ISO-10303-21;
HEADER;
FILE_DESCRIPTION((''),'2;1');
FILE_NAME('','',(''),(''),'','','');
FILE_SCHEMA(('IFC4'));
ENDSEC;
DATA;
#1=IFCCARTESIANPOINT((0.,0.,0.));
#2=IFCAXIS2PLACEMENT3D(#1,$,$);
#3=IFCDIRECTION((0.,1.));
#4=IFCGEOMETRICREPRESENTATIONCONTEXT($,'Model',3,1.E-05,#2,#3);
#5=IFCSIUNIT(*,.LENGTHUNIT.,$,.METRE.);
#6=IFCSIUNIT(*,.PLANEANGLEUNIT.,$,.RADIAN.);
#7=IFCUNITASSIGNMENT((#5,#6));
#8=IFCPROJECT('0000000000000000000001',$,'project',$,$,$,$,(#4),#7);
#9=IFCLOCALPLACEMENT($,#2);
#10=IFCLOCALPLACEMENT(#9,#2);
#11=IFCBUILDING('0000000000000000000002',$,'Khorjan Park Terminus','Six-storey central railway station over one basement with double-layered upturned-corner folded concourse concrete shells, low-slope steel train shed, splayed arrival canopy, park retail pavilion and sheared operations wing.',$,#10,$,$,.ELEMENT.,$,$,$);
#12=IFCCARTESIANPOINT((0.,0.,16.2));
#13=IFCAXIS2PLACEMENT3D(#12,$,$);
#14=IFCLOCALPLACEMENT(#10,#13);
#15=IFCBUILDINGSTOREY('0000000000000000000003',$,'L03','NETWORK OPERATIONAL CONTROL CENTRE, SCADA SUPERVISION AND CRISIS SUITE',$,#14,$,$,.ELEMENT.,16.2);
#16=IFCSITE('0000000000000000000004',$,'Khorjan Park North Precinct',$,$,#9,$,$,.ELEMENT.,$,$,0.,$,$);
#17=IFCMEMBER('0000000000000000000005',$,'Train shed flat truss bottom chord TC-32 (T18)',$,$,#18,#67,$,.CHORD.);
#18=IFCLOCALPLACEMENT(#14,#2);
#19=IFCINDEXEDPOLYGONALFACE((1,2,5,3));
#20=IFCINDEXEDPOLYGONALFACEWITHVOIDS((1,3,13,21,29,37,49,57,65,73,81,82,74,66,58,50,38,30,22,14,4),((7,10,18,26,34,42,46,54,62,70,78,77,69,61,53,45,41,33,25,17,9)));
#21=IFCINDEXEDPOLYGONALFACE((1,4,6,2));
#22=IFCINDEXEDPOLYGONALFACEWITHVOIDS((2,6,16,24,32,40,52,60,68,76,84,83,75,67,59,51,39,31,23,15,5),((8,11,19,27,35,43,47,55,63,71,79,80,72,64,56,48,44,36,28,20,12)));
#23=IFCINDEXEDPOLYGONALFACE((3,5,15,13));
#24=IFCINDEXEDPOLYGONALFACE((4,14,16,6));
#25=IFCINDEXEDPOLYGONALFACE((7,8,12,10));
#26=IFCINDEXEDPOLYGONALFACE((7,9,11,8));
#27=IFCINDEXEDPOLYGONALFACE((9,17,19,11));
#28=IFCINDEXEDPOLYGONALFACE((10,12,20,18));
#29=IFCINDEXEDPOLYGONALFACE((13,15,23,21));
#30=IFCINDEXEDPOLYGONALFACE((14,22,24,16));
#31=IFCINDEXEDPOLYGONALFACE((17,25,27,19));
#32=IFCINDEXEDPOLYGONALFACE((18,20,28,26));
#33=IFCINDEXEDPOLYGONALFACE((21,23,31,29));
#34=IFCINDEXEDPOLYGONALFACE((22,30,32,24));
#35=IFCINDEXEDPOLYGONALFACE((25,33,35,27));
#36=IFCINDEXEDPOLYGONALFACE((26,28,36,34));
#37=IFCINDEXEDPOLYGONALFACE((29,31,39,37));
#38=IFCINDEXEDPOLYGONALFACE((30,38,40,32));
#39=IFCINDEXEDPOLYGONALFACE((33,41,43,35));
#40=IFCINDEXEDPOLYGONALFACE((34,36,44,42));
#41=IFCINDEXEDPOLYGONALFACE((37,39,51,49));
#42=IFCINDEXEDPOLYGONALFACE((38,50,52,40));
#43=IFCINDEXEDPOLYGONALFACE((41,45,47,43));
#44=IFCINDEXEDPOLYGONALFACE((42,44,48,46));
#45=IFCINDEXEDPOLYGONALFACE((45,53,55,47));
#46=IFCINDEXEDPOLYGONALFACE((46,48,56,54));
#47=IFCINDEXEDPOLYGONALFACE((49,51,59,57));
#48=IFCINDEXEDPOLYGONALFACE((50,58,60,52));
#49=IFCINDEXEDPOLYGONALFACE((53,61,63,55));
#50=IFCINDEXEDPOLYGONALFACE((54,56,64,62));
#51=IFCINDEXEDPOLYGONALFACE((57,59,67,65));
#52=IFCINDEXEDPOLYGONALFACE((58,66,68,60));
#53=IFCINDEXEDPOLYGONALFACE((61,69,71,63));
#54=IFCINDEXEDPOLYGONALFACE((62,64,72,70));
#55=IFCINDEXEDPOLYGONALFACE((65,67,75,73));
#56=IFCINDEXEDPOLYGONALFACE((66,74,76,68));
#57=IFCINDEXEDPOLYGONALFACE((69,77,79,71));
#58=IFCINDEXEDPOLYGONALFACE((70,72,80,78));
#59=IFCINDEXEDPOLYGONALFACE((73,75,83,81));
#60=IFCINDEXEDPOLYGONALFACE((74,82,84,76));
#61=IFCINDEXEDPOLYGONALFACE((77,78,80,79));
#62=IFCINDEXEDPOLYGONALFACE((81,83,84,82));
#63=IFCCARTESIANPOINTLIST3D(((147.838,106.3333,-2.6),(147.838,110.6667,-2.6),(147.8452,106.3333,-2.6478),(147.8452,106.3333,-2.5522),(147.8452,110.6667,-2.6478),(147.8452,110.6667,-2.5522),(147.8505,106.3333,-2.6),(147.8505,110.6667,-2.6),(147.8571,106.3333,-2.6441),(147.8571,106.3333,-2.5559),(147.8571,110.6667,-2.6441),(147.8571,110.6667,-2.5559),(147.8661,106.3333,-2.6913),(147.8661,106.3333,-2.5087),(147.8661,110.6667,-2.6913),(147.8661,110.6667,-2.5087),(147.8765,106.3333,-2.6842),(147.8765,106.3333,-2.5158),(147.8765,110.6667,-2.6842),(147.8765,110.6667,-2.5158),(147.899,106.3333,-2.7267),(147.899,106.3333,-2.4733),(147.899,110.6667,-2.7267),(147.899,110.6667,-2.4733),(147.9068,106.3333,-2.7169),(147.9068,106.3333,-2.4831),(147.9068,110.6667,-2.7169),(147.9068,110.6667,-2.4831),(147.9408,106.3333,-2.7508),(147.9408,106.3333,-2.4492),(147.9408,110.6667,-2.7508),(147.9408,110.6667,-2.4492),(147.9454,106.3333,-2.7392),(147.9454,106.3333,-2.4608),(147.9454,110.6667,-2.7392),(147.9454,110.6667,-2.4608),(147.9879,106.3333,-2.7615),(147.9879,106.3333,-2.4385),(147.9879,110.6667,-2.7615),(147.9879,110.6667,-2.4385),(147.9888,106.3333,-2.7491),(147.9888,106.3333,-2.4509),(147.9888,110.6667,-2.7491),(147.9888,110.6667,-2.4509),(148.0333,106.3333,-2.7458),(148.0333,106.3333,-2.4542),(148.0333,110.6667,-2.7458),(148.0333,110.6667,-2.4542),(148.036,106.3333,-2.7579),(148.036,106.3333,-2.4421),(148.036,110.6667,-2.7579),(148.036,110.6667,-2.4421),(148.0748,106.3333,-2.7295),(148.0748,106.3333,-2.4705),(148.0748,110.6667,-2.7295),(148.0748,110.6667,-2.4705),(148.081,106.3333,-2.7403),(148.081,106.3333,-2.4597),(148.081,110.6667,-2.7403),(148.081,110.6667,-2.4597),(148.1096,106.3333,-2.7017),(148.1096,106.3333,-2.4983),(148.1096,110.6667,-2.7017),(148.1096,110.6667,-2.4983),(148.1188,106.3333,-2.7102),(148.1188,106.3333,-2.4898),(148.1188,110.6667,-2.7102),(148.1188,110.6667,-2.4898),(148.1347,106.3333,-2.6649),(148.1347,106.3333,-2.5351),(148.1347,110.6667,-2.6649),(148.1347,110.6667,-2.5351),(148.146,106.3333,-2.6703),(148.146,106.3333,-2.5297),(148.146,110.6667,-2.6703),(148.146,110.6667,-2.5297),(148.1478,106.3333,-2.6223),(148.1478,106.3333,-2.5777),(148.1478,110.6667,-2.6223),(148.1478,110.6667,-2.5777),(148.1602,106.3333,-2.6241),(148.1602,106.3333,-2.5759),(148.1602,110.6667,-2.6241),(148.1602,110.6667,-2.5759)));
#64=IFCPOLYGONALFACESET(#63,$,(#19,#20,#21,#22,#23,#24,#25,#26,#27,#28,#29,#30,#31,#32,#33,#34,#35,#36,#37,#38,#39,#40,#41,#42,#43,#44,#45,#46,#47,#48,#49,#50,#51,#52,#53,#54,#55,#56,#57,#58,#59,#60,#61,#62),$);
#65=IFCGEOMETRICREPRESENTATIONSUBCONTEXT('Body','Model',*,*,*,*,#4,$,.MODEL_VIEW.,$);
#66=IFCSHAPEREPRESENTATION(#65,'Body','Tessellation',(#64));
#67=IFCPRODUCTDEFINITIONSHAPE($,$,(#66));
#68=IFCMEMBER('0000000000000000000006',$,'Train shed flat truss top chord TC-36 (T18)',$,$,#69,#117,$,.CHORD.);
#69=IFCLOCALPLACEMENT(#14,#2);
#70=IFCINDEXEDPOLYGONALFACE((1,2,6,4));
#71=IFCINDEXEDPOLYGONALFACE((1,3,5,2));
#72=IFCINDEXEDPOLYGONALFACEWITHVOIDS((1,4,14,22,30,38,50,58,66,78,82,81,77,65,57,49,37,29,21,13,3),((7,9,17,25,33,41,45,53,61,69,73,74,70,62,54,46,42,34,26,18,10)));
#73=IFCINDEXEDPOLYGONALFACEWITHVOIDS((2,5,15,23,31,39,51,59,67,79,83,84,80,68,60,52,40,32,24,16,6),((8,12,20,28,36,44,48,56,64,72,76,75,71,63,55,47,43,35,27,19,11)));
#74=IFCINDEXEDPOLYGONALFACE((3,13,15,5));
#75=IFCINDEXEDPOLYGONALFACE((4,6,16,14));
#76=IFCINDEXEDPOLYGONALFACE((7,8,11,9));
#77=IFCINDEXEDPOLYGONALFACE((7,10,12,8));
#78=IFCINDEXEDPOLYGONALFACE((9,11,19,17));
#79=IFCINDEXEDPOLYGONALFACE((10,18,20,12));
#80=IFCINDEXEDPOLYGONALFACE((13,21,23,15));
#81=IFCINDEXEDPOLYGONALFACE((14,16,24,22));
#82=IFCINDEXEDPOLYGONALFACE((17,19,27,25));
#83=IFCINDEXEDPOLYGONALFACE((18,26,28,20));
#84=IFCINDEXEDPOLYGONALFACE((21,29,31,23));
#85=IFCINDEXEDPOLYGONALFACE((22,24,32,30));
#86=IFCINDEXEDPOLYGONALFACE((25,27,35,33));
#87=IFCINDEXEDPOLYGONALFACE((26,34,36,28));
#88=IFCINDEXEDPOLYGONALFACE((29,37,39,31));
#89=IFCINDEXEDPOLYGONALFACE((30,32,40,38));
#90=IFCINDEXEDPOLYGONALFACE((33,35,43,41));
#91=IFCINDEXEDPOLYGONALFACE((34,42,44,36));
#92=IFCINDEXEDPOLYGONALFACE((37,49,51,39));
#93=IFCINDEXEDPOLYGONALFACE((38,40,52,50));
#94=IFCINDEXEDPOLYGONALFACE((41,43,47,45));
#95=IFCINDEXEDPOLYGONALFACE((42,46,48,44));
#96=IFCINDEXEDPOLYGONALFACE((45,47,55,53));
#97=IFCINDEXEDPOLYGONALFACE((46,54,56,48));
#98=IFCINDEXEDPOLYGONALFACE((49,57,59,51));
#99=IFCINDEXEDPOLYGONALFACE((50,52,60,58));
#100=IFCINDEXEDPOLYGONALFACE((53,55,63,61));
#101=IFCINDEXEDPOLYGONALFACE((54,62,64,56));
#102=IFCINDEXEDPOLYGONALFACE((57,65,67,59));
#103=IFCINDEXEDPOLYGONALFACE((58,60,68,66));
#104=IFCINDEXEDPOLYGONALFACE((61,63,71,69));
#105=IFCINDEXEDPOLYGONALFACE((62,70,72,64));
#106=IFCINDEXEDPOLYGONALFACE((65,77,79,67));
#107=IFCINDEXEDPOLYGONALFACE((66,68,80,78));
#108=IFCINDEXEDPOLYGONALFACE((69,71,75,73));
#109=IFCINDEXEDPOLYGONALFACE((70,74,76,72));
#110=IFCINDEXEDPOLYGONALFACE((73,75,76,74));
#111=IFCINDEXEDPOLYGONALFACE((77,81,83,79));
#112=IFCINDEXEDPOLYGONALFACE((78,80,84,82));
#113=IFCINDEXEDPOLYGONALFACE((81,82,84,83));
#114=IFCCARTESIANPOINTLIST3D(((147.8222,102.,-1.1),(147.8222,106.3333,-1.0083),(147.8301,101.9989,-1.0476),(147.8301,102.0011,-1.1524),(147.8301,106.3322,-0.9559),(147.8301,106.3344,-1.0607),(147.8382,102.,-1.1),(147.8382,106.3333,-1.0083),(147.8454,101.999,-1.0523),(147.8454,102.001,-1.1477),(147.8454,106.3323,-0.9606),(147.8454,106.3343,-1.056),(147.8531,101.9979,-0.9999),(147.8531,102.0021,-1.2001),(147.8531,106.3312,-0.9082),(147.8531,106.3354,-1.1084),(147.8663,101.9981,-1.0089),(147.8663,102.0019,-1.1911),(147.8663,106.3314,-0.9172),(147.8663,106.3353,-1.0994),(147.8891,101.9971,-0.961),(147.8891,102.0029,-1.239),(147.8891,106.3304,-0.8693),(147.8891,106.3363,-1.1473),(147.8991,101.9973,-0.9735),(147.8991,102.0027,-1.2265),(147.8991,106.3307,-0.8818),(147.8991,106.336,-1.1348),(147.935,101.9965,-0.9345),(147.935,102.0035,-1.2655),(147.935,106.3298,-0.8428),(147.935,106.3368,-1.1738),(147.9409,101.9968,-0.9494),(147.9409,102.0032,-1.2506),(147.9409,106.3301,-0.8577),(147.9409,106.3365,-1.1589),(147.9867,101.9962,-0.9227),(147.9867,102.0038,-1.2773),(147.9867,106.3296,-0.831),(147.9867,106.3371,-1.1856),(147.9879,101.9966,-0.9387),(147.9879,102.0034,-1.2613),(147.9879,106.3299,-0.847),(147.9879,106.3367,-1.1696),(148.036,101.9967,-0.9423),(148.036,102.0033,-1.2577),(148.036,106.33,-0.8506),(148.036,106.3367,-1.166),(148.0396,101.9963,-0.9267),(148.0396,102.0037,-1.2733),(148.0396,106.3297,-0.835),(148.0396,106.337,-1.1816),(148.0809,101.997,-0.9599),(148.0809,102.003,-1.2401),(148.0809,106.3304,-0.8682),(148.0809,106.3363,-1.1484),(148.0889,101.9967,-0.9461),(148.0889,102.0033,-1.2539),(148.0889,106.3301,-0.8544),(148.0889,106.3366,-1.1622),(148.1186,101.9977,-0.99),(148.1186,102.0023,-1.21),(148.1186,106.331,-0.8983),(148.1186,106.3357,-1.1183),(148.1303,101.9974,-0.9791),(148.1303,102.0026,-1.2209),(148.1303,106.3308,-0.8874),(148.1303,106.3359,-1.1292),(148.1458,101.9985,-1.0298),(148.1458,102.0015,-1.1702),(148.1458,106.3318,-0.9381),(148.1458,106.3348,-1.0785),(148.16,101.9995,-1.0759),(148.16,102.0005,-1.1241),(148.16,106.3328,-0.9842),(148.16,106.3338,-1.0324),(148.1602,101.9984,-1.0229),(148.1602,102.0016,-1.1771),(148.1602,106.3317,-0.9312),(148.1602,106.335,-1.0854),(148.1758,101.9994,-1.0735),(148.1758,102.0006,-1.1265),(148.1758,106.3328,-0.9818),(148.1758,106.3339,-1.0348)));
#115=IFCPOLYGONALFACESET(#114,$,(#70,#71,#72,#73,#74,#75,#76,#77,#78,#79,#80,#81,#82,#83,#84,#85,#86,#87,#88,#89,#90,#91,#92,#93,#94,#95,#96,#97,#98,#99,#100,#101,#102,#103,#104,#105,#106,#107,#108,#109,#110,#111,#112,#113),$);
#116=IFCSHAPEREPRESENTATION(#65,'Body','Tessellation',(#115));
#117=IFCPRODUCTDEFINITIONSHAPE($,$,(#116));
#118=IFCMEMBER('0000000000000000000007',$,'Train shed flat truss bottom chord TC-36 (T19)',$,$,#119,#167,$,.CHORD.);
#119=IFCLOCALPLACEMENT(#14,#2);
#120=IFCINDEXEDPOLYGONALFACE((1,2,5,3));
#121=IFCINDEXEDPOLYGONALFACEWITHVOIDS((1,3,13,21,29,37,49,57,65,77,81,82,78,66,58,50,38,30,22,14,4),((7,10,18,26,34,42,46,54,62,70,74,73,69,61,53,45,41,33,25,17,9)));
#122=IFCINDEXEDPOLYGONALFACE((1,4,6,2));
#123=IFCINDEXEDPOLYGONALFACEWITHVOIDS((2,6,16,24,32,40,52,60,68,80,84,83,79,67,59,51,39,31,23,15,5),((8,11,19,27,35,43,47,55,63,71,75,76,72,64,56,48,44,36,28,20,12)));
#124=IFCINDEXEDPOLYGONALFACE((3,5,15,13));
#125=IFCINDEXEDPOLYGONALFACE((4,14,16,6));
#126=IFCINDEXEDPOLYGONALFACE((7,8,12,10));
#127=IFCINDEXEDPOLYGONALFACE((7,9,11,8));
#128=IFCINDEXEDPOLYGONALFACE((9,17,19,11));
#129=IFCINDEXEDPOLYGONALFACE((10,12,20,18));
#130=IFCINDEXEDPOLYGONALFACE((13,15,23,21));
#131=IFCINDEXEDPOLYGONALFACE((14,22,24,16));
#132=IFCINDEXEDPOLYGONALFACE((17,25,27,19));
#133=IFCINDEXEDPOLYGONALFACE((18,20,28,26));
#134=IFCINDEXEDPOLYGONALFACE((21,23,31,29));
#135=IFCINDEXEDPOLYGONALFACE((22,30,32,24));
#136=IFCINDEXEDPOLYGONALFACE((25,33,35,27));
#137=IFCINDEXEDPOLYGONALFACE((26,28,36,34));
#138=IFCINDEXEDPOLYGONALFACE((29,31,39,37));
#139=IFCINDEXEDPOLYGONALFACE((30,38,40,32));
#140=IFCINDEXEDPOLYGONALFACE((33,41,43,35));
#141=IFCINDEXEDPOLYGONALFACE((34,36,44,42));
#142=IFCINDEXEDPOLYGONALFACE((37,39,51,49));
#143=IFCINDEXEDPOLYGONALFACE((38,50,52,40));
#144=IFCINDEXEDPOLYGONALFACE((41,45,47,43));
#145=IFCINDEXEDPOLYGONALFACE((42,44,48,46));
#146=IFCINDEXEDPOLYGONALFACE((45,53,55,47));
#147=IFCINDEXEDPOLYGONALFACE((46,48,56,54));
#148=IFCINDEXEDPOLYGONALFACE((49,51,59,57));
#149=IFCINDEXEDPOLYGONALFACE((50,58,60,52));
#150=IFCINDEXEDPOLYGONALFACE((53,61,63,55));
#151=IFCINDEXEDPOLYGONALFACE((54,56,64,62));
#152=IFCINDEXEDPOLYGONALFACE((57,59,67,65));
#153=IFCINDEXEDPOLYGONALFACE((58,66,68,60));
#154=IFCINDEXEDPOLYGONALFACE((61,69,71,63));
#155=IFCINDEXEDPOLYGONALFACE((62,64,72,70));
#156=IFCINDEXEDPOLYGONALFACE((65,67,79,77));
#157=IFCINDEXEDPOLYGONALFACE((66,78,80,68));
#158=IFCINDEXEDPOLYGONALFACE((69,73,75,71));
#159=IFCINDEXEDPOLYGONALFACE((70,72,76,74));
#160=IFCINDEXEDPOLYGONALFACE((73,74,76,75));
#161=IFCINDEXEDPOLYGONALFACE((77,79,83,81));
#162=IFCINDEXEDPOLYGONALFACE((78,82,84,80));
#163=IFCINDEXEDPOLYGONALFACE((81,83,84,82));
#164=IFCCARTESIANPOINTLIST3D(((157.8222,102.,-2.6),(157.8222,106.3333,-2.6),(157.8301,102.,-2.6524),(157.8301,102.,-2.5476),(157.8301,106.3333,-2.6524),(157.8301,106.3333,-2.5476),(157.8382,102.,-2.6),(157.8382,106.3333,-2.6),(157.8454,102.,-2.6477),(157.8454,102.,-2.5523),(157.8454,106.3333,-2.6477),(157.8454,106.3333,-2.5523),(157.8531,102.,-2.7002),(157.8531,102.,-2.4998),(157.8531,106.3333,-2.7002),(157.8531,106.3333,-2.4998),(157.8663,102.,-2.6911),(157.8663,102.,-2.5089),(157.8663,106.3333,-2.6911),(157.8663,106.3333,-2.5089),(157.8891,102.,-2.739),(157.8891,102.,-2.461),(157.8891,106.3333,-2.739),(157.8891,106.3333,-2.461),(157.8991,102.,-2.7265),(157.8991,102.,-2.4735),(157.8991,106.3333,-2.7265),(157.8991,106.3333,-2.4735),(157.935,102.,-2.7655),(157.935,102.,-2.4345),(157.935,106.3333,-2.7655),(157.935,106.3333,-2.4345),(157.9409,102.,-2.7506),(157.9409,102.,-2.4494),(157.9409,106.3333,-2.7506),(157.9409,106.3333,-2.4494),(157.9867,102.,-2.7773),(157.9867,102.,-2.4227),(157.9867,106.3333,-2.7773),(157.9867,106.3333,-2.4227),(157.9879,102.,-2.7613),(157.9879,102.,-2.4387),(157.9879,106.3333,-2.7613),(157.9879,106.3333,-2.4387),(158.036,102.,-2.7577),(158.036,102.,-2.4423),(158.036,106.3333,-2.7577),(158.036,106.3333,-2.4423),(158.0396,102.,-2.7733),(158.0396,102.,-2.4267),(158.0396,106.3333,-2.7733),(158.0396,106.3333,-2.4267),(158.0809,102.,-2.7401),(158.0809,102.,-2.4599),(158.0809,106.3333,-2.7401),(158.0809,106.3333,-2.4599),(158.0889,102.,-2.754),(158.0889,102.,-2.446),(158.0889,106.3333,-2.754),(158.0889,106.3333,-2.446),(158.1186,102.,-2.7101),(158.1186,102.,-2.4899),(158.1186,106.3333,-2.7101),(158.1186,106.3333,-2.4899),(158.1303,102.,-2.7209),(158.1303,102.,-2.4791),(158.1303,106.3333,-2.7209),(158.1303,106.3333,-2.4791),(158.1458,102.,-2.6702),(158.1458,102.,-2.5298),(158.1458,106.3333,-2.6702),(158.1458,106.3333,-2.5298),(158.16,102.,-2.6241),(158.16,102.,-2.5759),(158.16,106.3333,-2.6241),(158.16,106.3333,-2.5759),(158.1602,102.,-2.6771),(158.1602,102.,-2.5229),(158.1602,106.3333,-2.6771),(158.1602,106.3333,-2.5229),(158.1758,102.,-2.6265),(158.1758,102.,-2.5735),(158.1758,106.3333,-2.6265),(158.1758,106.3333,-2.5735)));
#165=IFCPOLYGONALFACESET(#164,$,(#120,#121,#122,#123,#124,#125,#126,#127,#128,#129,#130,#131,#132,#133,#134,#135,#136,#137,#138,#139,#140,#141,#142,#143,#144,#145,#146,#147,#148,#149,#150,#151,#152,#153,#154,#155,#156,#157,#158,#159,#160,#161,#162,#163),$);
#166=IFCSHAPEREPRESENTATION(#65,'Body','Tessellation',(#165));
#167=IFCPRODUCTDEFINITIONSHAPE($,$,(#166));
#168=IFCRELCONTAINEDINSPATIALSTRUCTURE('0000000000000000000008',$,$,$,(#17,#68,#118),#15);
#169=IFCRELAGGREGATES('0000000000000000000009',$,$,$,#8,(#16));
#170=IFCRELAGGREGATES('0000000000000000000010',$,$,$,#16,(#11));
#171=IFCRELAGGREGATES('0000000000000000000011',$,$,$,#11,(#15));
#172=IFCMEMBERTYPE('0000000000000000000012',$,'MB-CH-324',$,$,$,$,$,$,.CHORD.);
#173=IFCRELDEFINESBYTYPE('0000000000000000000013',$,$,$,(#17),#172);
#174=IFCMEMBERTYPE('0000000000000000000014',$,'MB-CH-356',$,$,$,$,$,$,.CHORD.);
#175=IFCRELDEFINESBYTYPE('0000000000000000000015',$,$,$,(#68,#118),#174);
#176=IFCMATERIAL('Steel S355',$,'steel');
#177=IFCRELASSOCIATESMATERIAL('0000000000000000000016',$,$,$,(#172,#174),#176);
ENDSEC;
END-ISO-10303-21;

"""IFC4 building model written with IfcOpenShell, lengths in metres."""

from ifc_helpers import new_model, si_unit, direction, frame, origin, origin_2d, place, context, subcontext, project, spatial, hollow_circle, extrude, material, material_profile, profile_set, type_object, element, save


model = new_model("IFC4")

# Units and contexts
model_context = context("Model", 3, precision=1e-05, world=origin(), true_north=direction((0.0, 1.0)))
body_context = subcontext(model_context, "Body", "Model", "MODEL_VIEW")
ifc_project = project(units=[si_unit("LENGTHUNIT", "METRE"), si_unit("PLANEANGLEUNIT", "RADIAN")], contexts=[model_context])

# Site, building, storey
site_placement = place(None, origin())
site = spatial("IfcSite", under=ifc_project, at=site_placement, Name="Khorjan Park North Precinct", CompositionType="ELEMENT", RefElevation=0.0)
building_placement = place(site_placement, origin())
building = spatial("IfcBuilding", under=site, at=building_placement, Name="Khorjan Park Terminus", Description="Six-storey central railway station over one basement with double-layered upturned-corner folded concourse concrete shells, low-slope steel train shed, splayed arrival canopy, park retail pavilion and sheared operations wing.", CompositionType="ELEMENT")
storey_placement = place(building_placement, frame((0.0, 0.0, 16.2)))
storey = spatial("IfcBuildingStorey", under=building, at=storey_placement, Name="L03", Description="NETWORK OPERATIONAL CONTROL CENTRE, SCADA SUPERVISION AND CRISIS SUITE", CompositionType="ELEMENT", Elevation=16.2)

# Members
ifc_material = material(Name="Steel S355", Category="steel")
ifc_material_profile_1 = material_profile(ifc_material, hollow_circle(Radius=0.162, WallThickness=0.0125, at=origin_2d()), Name="CHS 323.9x12.5")
ifc_profile_set_1 = profile_set([ifc_material_profile_1], Name="Steel S355")
member_type_1 = type_object("IfcMemberType", Name="MB-CH-324", PredefinedType="CHORD", material=ifc_profile_set_1)
member_1_placement = place(storey_placement, frame((148.0, 106.3333, -2.6), z_axis=(0.0, 1.0, 0.0), x_axis=(-1.0, 0.0, 0.0)))
element("IfcMember", 1, at=member_1_placement, inside=storey, type_object=member_type_1, Name="Train shed flat truss bottom chord TC-32 (T18)", PredefinedType="CHORD", context=body_context, shape_type="SweptSolid", body=[
    extrude(hollow_circle(Radius=0.162, WallThickness=0.0125, at=origin_2d()), origin(), (0.0, 0.0, 1.0), 4.3334),
])
ifc_material_profile_2 = material_profile(ifc_material, hollow_circle(Radius=0.1778, WallThickness=0.016, at=origin_2d()), Name="CHS 355.6x16")
ifc_profile_set_2 = profile_set([ifc_material_profile_2], Name="Steel S355")
member_type_2 = type_object("IfcMemberType", Name="MB-CH-356", PredefinedType="CHORD", material=ifc_profile_set_2)
member_2_placement = place(storey_placement, frame((148.0, 102.0, -1.1), z_axis=(0.0, 0.999776, 0.021157), x_axis=(-1.0, 0.0, 0.0)))
element("IfcMember", 2, at=member_2_placement, inside=storey, type_object=member_type_2, Name="Train shed flat truss top chord TC-36 (T18)", PredefinedType="CHORD", context=body_context, shape_type="SweptSolid", body=[
    extrude(hollow_circle(Radius=0.1778, WallThickness=0.016, at=origin_2d()), origin(), (0.0, 0.0, 1.0), 4.3343),
])
member_3_placement = place(storey_placement, frame((158.0, 102.0, -2.6), z_axis=(0.0, 1.0, 0.0), x_axis=(-1.0, 0.0, 0.0)))
element("IfcMember", 3, at=member_3_placement, inside=storey, type_object=member_type_2, Name="Train shed flat truss bottom chord TC-36 (T19)", PredefinedType="CHORD", context=body_context, shape_type="SweptSolid", body=[
    extrude(hollow_circle(Radius=0.1778, WallThickness=0.016, at=origin_2d()), origin(), (0.0, 0.0, 1.0), 4.3333),
])

save(model, "model.ifc")
